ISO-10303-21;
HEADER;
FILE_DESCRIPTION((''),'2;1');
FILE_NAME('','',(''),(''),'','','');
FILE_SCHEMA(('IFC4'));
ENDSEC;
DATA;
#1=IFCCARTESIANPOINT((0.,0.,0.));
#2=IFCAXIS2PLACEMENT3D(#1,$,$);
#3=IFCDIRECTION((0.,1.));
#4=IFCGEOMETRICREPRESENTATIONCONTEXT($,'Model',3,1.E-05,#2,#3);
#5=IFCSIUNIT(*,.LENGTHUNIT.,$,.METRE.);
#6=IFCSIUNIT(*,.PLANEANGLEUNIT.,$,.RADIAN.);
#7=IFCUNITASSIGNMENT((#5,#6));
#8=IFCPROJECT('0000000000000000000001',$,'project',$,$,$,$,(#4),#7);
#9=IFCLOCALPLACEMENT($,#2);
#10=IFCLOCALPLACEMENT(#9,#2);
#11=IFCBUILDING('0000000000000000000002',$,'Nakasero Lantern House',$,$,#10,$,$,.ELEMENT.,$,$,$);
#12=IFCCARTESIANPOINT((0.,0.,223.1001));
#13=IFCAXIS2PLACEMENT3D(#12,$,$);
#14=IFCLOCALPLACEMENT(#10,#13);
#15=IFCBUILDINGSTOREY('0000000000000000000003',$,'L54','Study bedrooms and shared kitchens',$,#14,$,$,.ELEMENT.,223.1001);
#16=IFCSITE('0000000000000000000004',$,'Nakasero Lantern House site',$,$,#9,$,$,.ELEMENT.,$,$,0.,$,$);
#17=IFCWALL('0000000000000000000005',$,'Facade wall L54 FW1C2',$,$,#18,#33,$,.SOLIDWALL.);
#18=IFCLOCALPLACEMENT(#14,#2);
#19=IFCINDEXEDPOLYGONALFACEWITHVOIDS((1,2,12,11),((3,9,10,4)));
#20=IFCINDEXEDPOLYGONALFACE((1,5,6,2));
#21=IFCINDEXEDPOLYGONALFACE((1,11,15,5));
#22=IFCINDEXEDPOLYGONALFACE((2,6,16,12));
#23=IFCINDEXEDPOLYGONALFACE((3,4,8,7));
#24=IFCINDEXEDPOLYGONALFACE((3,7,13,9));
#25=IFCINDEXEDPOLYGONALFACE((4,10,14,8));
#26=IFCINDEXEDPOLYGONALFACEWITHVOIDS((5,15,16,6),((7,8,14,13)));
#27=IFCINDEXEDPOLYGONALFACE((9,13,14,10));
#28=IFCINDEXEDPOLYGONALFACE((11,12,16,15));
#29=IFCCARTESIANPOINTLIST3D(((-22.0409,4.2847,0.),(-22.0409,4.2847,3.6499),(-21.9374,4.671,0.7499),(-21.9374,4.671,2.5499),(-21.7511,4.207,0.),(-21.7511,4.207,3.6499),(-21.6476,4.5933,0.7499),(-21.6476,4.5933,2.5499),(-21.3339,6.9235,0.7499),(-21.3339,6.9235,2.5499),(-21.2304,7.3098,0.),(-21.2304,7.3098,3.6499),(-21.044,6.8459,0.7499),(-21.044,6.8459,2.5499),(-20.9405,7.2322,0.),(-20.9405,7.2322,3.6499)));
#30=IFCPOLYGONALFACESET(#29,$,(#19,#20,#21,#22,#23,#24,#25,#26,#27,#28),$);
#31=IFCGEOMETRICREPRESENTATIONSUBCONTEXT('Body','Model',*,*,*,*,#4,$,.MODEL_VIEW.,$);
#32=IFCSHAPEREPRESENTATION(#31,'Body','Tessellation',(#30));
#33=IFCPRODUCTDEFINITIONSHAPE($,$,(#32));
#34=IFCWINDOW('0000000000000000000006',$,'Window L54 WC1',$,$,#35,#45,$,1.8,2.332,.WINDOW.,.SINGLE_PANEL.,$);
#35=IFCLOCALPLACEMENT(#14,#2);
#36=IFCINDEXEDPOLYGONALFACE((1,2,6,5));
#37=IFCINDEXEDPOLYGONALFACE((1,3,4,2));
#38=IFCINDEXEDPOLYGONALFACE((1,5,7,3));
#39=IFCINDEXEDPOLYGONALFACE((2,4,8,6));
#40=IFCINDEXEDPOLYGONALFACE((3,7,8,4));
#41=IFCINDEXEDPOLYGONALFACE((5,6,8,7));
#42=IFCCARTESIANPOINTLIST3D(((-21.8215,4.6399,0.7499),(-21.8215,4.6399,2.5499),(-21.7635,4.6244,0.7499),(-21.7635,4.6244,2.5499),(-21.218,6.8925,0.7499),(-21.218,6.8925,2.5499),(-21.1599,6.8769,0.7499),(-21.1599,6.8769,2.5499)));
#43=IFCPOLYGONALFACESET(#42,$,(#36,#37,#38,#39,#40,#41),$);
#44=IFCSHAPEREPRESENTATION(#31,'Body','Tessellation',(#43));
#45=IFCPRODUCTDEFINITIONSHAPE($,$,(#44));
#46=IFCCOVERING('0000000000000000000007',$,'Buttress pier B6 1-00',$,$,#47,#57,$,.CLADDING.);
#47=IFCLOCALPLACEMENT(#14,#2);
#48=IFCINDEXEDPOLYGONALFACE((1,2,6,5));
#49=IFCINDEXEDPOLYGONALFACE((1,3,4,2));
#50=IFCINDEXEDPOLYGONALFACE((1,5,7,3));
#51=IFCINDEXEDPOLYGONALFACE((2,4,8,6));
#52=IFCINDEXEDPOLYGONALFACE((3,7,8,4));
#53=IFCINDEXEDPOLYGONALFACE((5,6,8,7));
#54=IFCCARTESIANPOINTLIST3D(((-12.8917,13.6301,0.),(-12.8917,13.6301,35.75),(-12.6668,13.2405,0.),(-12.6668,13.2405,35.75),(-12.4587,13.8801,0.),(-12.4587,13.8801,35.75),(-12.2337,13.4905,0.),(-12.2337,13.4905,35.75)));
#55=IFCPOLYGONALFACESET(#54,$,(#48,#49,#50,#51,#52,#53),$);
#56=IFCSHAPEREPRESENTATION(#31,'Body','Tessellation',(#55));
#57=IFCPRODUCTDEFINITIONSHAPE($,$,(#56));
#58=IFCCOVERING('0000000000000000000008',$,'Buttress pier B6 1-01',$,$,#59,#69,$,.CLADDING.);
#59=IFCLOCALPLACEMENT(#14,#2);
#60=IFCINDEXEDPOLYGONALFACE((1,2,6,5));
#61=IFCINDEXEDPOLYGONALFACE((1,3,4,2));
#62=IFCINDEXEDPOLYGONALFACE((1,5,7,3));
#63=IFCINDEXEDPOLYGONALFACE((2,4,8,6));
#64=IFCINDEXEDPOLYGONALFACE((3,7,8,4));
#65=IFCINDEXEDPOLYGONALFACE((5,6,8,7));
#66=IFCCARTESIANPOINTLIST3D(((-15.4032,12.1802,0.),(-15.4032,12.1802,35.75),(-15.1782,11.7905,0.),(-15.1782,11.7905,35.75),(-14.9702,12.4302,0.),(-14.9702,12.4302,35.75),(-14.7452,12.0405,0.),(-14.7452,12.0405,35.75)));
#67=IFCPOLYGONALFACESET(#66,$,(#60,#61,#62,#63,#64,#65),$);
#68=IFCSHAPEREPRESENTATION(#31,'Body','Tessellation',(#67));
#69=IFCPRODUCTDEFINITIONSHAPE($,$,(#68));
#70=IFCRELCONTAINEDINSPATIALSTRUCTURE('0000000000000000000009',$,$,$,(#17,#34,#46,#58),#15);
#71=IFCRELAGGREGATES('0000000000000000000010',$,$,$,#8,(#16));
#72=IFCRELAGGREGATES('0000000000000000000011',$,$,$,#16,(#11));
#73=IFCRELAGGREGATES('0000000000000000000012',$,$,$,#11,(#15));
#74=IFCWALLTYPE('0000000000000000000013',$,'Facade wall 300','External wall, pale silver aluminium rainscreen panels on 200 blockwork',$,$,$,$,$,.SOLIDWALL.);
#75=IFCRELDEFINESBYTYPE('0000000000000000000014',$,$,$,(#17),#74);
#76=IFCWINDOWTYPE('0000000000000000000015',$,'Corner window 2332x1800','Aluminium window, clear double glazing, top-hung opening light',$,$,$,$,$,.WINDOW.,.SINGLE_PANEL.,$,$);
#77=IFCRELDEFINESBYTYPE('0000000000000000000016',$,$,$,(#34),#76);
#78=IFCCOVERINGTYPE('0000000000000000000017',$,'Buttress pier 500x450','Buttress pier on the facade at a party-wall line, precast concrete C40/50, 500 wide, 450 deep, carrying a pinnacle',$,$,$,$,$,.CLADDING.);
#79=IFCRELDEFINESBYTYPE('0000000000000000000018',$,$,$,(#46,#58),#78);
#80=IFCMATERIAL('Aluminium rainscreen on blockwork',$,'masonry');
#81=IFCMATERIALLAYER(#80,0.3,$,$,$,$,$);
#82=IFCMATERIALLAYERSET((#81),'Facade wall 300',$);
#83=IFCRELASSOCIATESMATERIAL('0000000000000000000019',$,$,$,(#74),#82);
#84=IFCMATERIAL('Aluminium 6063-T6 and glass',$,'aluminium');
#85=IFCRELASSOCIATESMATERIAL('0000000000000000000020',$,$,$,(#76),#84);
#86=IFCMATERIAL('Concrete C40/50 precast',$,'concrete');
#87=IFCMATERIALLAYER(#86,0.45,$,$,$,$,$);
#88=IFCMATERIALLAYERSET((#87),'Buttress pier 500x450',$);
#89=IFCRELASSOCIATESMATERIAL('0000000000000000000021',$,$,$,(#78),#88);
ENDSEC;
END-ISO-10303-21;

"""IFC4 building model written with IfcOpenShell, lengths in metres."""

from ifc_helpers import new_model, si_unit, direction, frame, frame_2d, origin, origin_2d, place, context, subcontext, project, spatial, rectangle, extrude, material, layer, layer_set, type_object, element, fill, save


model = new_model("IFC4")

# Units and contexts
model_context = context("Model", 3, precision=1e-05, world=origin(), true_north=direction((0.0, 1.0)))
body_context = subcontext(model_context, "Body", "Model", "MODEL_VIEW")
ifc_project = project(units=[si_unit("LENGTHUNIT", "METRE"), si_unit("PLANEANGLEUNIT", "RADIAN")], contexts=[model_context])

# Site, building, storey
site_placement = place(None, origin())
site = spatial("IfcSite", under=ifc_project, at=site_placement, Name="Nakasero Lantern House site", CompositionType="ELEMENT", RefElevation=0.0)
building_placement = place(site_placement, origin())
building = spatial("IfcBuilding", under=site, at=building_placement, Name="Nakasero Lantern House", CompositionType="ELEMENT")
storey_placement = place(building_placement, frame((0.0, 0.0, 223.1001)))
storey = spatial("IfcBuildingStorey", under=building, at=storey_placement, Name="L54", Description="Study bedrooms and shared kitchens", CompositionType="ELEMENT", Elevation=223.1001)

# Shared definitions
ifc_material_1 = material(Name="Aluminium rainscreen on blockwork", Category="masonry")
ifc_layer_1 = layer(ifc_material_1, 0.3)
ifc_layer_set_1 = layer_set([ifc_layer_1], Name="Facade wall 300")
wall_type_1 = type_object("IfcWallType", Name="Facade wall 300", Description="External wall, pale silver aluminium rainscreen panels on 200 blockwork", PredefinedType="SOLIDWALL", material=ifc_layer_set_1)

# Wall, opening, window
wall_1_placement = place(storey_placement, frame((-21.0854, 7.271, 0.0), z_axis=(0.0, 0.0, 1.0), x_axis=(-0.258808, -0.965929, 0.0)))
wall_1 = element("IfcWall", 1, at=wall_1_placement, inside=storey, type_object=wall_type_1, Name="Facade wall L54 FW1C2", PredefinedType="SOLIDWALL", context=body_context, shape_type="SweptSolid", body=[
    extrude(rectangle(XDim=3.1318, YDim=0.3, at=frame_2d((1.5659, 0.0))), origin(), (0.0, 0.0, 1.0), 3.6499),
])
opening_placement = place(wall_1_placement, frame((0.3999, 0.0, 0.75)))
opening = element("IfcOpeningElement", 2, at=opening_placement, cuts=wall_1, PredefinedType="OPENING", context=body_context, shape_type="SweptSolid", body=[
    extrude(rectangle(XDim=2.332, YDim=1.8, at=frame_2d((1.166, 0.8999))), frame((0.0, 0.1699, 0.0), z_axis=(0.0, -1.0, 0.0), x_axis=(1.0, 0.0, 0.0)), (0.0, 0.0, 1.0), 0.3401),
])
ifc_material_2 = material(Name="Aluminium 6063-T6 and glass", Category="aluminium")
window_type = type_object("IfcWindowType", Name="Corner window 2332x1800", Description="Aluminium window, clear double glazing, top-hung opening light", PartitioningType="SINGLE_PANEL", PredefinedType="WINDOW", material=ifc_material_2)
window_placement = place(opening_placement, origin())
window = element("IfcWindow", 3, at=window_placement, inside=storey, type_object=window_type, Name="Window L54 WC1", OverallHeight=1.8, OverallWidth=2.332, PartitioningType="SINGLE_PANEL", PredefinedType="WINDOW", context=body_context, shape_type="SweptSolid", body=[
    extrude(rectangle(XDim=2.332, YDim=1.8, at=frame_2d((1.166, 0.8999))), frame((0.0, 0.03, 0.0), z_axis=(0.0, -1.0, 0.0), x_axis=(1.0, 0.0, 0.0)), (0.0, 0.0, 1.0), 0.0601),
])
fill(opening, window)

# Coverings
ifc_material_3 = material(Name="Concrete C40/50 precast", Category="concrete")
ifc_layer_2 = layer(ifc_material_3, 0.45)
ifc_layer_set_2 = layer_set([ifc_layer_2], Name="Buttress pier 500x450")
covering_type = type_object("IfcCoveringType", Name="Buttress pier 500x450", Description="Buttress pier on the facade at a party-wall line, precast concrete C40/50, 500 wide, 450 deep, carrying a pinnacle", PredefinedType="CLADDING", material=ifc_layer_set_2)
for number, where, z_axis, x_axis, name in (
    (4, (-12.5627, 13.5603, 0.0), (0.0, 0.0, 1.0), (-0.5, 0.866025, 0.0), "Buttress pier B6 1-00"),
    (5, (-15.0742, 12.1104, 0.0), (0.0, 0.0, 1.0), (-0.5, 0.866025, 0.0), "Buttress pier B6 1-01"),
):
    element("IfcCovering", number, at=place(storey_placement, frame(where, z_axis=z_axis, x_axis=x_axis)), inside=storey, type_object=covering_type, Name=name, PredefinedType="CLADDING", context=body_context, shape_type="SweptSolid", body=[
        extrude(rectangle(XDim=0.45, YDim=0.5, at=origin_2d()), origin(), (0.0, 0.0, 1.0), 35.75),
    ])

save(model, "model.ifc")
